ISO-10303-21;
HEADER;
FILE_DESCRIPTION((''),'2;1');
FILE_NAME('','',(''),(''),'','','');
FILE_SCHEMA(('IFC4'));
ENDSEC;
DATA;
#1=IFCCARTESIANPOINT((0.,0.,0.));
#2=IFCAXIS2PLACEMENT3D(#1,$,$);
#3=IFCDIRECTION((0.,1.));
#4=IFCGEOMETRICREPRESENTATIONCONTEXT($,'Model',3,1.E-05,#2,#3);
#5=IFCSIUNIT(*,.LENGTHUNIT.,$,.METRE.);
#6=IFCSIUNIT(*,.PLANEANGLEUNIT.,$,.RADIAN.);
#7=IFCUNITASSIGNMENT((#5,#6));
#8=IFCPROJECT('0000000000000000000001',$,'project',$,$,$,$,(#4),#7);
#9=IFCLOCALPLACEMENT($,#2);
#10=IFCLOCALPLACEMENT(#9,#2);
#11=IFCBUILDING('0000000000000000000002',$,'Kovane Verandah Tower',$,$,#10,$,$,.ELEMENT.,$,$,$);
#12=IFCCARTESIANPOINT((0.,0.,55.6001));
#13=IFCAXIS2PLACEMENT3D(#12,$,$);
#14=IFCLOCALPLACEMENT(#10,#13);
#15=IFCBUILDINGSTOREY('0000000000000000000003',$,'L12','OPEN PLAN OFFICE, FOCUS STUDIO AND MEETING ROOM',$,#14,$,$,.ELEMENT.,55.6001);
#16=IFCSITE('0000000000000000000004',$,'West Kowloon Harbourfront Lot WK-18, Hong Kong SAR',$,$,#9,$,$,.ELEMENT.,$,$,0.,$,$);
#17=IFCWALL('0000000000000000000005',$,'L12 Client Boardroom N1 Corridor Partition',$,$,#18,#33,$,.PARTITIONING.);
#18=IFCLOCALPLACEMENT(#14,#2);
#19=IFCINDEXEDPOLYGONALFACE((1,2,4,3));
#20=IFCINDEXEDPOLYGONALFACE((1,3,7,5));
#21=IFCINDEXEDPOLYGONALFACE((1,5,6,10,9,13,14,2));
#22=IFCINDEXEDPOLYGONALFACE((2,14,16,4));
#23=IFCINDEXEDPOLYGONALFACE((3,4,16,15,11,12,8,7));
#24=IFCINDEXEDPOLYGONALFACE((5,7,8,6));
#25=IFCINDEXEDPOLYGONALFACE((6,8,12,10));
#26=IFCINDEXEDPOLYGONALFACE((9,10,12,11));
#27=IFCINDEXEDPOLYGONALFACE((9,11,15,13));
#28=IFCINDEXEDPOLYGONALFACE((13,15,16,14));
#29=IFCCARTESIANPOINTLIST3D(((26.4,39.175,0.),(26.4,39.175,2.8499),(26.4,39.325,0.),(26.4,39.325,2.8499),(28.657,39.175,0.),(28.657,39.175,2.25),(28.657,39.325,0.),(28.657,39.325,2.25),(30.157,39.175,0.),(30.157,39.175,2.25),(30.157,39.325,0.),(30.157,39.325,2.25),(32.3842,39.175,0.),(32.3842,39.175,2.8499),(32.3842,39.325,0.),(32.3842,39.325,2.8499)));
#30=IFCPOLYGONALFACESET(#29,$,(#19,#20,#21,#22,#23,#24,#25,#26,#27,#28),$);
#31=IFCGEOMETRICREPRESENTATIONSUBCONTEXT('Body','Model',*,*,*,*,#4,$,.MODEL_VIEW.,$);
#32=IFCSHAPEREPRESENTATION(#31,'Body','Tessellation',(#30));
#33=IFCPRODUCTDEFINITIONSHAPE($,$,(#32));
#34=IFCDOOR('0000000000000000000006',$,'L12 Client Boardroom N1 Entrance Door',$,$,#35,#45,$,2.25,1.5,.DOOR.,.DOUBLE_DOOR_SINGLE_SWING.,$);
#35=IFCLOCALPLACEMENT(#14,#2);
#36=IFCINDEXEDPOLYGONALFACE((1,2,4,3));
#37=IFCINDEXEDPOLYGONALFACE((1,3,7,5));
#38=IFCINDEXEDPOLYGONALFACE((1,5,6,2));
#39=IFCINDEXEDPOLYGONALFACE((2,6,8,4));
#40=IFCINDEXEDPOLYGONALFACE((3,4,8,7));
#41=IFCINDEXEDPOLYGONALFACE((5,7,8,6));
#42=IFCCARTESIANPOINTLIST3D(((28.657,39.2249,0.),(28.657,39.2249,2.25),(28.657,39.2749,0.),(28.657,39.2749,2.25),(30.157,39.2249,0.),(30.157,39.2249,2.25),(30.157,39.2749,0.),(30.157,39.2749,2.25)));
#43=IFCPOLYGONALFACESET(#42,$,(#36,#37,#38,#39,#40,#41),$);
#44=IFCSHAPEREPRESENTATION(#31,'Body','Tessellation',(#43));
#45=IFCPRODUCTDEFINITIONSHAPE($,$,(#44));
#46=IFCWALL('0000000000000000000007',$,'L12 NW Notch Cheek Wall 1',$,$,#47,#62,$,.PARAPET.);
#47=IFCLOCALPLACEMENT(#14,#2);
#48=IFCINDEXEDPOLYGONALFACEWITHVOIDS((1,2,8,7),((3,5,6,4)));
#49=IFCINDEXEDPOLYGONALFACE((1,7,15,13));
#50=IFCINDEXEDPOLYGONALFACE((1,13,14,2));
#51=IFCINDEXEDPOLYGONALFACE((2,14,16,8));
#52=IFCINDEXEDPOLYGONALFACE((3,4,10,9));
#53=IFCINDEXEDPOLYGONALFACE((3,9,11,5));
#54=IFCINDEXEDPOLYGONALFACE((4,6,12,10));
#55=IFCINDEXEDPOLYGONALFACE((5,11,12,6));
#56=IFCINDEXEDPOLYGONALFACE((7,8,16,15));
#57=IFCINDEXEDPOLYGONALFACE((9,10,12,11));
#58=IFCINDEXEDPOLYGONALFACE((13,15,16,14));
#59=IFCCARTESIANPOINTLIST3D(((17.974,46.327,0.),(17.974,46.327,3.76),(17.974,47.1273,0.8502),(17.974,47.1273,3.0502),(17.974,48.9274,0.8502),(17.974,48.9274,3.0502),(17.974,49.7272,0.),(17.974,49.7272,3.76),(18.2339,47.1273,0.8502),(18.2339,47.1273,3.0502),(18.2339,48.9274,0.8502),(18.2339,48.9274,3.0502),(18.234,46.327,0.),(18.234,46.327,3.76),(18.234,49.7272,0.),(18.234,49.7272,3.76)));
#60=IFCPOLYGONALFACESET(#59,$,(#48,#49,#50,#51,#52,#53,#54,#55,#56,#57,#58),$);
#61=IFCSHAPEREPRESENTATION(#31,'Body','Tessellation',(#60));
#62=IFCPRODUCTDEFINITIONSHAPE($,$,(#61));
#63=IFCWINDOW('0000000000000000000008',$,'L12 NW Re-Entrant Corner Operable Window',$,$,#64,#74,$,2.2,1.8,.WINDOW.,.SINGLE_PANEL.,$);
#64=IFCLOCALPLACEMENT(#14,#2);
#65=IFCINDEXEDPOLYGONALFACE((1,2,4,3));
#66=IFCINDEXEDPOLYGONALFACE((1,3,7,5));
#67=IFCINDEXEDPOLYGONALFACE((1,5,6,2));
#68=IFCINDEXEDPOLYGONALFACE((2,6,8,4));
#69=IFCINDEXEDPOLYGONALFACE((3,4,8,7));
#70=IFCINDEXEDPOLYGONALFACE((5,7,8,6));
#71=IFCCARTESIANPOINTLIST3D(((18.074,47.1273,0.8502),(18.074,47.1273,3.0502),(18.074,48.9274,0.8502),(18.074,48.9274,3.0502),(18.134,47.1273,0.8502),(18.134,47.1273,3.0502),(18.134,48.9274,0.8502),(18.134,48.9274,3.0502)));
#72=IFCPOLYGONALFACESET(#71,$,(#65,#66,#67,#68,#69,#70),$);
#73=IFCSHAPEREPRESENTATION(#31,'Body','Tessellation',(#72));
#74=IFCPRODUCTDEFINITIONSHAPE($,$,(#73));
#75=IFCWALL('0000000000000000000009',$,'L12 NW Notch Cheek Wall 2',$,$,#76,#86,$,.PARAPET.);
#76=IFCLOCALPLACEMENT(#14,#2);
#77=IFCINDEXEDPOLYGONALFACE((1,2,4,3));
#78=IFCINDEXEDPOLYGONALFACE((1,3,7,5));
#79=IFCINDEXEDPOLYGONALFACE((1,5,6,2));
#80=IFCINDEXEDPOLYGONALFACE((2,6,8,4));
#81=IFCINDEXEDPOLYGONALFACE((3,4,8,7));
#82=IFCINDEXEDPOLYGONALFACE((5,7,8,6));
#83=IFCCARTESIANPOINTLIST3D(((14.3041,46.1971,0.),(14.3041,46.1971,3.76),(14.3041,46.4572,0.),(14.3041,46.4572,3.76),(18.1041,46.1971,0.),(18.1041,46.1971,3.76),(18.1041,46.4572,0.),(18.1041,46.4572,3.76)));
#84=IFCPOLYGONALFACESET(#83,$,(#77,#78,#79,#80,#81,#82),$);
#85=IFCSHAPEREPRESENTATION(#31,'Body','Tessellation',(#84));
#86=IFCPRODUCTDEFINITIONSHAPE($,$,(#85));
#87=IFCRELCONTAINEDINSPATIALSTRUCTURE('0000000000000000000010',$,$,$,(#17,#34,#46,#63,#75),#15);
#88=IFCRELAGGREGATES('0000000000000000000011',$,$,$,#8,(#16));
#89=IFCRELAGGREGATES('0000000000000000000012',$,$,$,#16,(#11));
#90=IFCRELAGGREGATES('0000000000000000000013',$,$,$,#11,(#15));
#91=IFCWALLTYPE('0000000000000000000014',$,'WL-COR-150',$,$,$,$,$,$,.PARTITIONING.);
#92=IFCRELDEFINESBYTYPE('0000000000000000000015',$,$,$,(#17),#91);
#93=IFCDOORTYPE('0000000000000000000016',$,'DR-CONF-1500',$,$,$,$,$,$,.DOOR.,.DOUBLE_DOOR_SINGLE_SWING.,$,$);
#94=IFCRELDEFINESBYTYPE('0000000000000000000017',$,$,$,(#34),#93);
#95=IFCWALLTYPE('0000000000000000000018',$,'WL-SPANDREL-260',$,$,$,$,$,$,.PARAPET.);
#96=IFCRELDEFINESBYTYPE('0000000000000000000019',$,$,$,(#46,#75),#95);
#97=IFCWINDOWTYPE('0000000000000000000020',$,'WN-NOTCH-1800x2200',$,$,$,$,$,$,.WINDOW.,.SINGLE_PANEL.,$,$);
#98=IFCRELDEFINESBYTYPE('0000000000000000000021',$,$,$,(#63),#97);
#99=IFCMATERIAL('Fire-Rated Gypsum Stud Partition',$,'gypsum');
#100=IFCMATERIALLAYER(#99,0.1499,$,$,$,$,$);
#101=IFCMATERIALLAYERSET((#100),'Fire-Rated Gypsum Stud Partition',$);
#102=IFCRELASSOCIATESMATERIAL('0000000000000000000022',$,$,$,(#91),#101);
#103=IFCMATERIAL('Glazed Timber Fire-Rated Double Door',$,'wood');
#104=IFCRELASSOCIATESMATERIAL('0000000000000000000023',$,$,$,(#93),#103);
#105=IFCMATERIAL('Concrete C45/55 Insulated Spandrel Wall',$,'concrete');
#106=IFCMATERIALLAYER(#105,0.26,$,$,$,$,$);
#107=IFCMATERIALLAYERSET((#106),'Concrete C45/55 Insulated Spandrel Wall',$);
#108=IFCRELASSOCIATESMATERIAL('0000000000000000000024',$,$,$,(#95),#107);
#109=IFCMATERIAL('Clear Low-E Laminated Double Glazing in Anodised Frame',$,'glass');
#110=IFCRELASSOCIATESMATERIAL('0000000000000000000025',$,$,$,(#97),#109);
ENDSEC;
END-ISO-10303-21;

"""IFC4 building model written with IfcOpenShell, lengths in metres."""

from ifc_helpers import new_model, si_unit, direction, frame, frame_2d, origin, place, context, subcontext, project, spatial, rectangle, extrude, material, layer, layer_set, type_object, element, fill, save


model = new_model("IFC4")

# Units and contexts
model_context = context("Model", 3, precision=1e-05, world=origin(), true_north=direction((0.0, 1.0)))
body_context = subcontext(model_context, "Body", "Model", "MODEL_VIEW")
ifc_project = project(units=[si_unit("LENGTHUNIT", "METRE"), si_unit("PLANEANGLEUNIT", "RADIAN")], contexts=[model_context])

# Site, building, storey
site_placement = place(None, origin())
site = spatial("IfcSite", under=ifc_project, at=site_placement, Name="West Kowloon Harbourfront Lot WK-18, Hong Kong SAR", CompositionType="ELEMENT", RefElevation=0.0)
building_placement = place(site_placement, origin())
building = spatial("IfcBuilding", under=site, at=building_placement, Name="Kovane Verandah Tower", CompositionType="ELEMENT")
storey_placement = place(building_placement, frame((0.0, 0.0, 55.6001)))
storey = spatial("IfcBuildingStorey", under=building, at=storey_placement, Name="L12", Description="OPEN PLAN OFFICE, FOCUS STUDIO AND MEETING ROOM", CompositionType="ELEMENT", Elevation=55.6001)

# Wall, opening, door
ifc_material_1 = material(Name="Fire-Rated Gypsum Stud Partition", Category="gypsum")
ifc_layer_1 = layer(ifc_material_1, 0.1499)
ifc_layer_set_1 = layer_set([ifc_layer_1], Name="Fire-Rated Gypsum Stud Partition")
wall_type_1 = type_object("IfcWallType", Name="WL-COR-150", PredefinedType="PARTITIONING", material=ifc_layer_set_1)
wall_1_placement = place(storey_placement, frame((26.3999, 39.25, 0.0), z_axis=(0.0, 0.0, 1.0), x_axis=(1.0, 0.0, 0.0)))
wall_1 = element("IfcWall", 1, at=wall_1_placement, inside=storey, type_object=wall_type_1, Name="L12 Client Boardroom N1 Corridor Partition", PredefinedType="PARTITIONING", context=body_context, shape_type="SweptSolid", body=[
    extrude(rectangle(XDim=5.9841, YDim=0.1499, at=frame_2d((2.9922, 0.0))), origin(), (0.0, 0.0, 1.0), 2.8499),
])
opening_1_placement = place(wall_1_placement, frame((2.2571, 0.0, 0.0)))
opening_1 = element("IfcOpeningElement", 2, at=opening_1_placement, cuts=wall_1, PredefinedType="OPENING", context=body_context, shape_type="SweptSolid", body=[
    extrude(rectangle(XDim=1.5, YDim=2.25, at=frame_2d((0.75, 1.125))), frame((0.0, 0.075, 0.0), z_axis=(0.0, -1.0, 0.0), x_axis=(1.0, 0.0, 0.0)), (0.0, 0.0, 1.0), 0.1499),
])
ifc_material_2 = material(Name="Glazed Timber Fire-Rated Double Door", Category="wood")
door_type_1 = type_object("IfcDoorType", Name="DR-CONF-1500", OperationType="DOUBLE_DOOR_SINGLE_SWING", PredefinedType="DOOR", material=ifc_material_2)
door_1_placement = place(opening_1_placement, origin())
door_1 = element("IfcDoor", 3, at=door_1_placement, inside=storey, type_object=door_type_1, Name="L12 Client Boardroom N1 Entrance Door", OperationType="DOUBLE_DOOR_SINGLE_SWING", OverallHeight=2.25, OverallWidth=1.5, PredefinedType="DOOR", context=body_context, shape_type="SweptSolid", body=[
    extrude(rectangle(XDim=1.5, YDim=2.25, at=frame_2d((0.75, 1.125))), frame((0.0, 0.0249, 0.0), z_axis=(0.0, -1.0, 0.0), x_axis=(1.0, 0.0, 0.0)), (0.0, 0.0, 1.0), 0.05),
])
fill(opening_1, door_1)

# Shared definitions
ifc_material_3 = material(Name="Concrete C45/55 Insulated Spandrel Wall", Category="concrete")
ifc_layer_2 = layer(ifc_material_3, 0.26)
ifc_layer_set_2 = layer_set([ifc_layer_2], Name="Concrete C45/55 Insulated Spandrel Wall")
wall_type_2 = type_object("IfcWallType", Name="WL-SPANDREL-260", PredefinedType="PARAPET", material=ifc_layer_set_2)
ifc_material_4 = material(Name="Clear Low-E Laminated Double Glazing in Anodised Frame", Category="glass")
window_type = type_object("IfcWindowType", Name="WN-NOTCH-1800x2200", PartitioningType="SINGLE_PANEL", PredefinedType="WINDOW", material=ifc_material_4)

# Wall, opening, window
wall_2_placement = place(storey_placement, frame((18.104, 49.7273, 0.0), z_axis=(0.0, 0.0, 1.0), x_axis=(0.0, -1.0, 0.0)))
wall_2 = element("IfcWall", 4, at=wall_2_placement, inside=storey, type_object=wall_type_2, Name="L12 NW Notch Cheek Wall 1", PredefinedType="PARAPET", context=body_context, shape_type="SweptSolid", body=[
    extrude(rectangle(XDim=3.4001, YDim=0.26, at=frame_2d((1.7002, 0.0))), origin(), (0.0, 0.0, 1.0), 3.76),
])
opening_2_placement = place(wall_2_placement, frame((0.8, 0.0, 0.8501)))
opening_2 = element("IfcOpeningElement", 5, at=opening_2_placement, cuts=wall_2, PredefinedType="OPENING", context=body_context, shape_type="SweptSolid", body=[
    extrude(rectangle(XDim=1.8, YDim=2.2, at=frame_2d((0.8999, 1.1001))), frame((0.0, 0.1299, 0.0), z_axis=(0.0, -1.0, 0.0), x_axis=(1.0, 0.0, 0.0)), (0.0, 0.0, 1.0), 0.26),
])
window_1_placement = place(opening_2_placement, origin())
window_1 = element("IfcWindow", 6, at=window_1_placement, inside=storey, type_object=window_type, Name="L12 NW Re-Entrant Corner Operable Window", OverallHeight=2.2, OverallWidth=1.8, PartitioningType="SINGLE_PANEL", PredefinedType="WINDOW", context=body_context, shape_type="SweptSolid", body=[
    extrude(rectangle(XDim=1.8, YDim=2.2, at=frame_2d((0.8999, 1.1001))), frame((0.0, 0.03, 0.0), z_axis=(0.0, -1.0, 0.0), x_axis=(1.0, 0.0, 0.0)), (0.0, 0.0, 1.0), 0.0601),
])
fill(opening_2, window_1)

# Wall
wall_3_placement = place(storey_placement, frame((18.104, 46.3271, 0.0), z_axis=(0.0, 0.0, 1.0), x_axis=(-1.0, 0.0, 0.0)))
element("IfcWall", 7, at=wall_3_placement, inside=storey, type_object=wall_type_2, Name="L12 NW Notch Cheek Wall 2", PredefinedType="PARAPET", context=body_context, shape_type="SweptSolid", body=[
    extrude(rectangle(XDim=3.8, YDim=0.26, at=frame_2d((1.8999, 0.0))), origin(), (0.0, 0.0, 1.0), 3.76),
])

save(model, "model.ifc")
